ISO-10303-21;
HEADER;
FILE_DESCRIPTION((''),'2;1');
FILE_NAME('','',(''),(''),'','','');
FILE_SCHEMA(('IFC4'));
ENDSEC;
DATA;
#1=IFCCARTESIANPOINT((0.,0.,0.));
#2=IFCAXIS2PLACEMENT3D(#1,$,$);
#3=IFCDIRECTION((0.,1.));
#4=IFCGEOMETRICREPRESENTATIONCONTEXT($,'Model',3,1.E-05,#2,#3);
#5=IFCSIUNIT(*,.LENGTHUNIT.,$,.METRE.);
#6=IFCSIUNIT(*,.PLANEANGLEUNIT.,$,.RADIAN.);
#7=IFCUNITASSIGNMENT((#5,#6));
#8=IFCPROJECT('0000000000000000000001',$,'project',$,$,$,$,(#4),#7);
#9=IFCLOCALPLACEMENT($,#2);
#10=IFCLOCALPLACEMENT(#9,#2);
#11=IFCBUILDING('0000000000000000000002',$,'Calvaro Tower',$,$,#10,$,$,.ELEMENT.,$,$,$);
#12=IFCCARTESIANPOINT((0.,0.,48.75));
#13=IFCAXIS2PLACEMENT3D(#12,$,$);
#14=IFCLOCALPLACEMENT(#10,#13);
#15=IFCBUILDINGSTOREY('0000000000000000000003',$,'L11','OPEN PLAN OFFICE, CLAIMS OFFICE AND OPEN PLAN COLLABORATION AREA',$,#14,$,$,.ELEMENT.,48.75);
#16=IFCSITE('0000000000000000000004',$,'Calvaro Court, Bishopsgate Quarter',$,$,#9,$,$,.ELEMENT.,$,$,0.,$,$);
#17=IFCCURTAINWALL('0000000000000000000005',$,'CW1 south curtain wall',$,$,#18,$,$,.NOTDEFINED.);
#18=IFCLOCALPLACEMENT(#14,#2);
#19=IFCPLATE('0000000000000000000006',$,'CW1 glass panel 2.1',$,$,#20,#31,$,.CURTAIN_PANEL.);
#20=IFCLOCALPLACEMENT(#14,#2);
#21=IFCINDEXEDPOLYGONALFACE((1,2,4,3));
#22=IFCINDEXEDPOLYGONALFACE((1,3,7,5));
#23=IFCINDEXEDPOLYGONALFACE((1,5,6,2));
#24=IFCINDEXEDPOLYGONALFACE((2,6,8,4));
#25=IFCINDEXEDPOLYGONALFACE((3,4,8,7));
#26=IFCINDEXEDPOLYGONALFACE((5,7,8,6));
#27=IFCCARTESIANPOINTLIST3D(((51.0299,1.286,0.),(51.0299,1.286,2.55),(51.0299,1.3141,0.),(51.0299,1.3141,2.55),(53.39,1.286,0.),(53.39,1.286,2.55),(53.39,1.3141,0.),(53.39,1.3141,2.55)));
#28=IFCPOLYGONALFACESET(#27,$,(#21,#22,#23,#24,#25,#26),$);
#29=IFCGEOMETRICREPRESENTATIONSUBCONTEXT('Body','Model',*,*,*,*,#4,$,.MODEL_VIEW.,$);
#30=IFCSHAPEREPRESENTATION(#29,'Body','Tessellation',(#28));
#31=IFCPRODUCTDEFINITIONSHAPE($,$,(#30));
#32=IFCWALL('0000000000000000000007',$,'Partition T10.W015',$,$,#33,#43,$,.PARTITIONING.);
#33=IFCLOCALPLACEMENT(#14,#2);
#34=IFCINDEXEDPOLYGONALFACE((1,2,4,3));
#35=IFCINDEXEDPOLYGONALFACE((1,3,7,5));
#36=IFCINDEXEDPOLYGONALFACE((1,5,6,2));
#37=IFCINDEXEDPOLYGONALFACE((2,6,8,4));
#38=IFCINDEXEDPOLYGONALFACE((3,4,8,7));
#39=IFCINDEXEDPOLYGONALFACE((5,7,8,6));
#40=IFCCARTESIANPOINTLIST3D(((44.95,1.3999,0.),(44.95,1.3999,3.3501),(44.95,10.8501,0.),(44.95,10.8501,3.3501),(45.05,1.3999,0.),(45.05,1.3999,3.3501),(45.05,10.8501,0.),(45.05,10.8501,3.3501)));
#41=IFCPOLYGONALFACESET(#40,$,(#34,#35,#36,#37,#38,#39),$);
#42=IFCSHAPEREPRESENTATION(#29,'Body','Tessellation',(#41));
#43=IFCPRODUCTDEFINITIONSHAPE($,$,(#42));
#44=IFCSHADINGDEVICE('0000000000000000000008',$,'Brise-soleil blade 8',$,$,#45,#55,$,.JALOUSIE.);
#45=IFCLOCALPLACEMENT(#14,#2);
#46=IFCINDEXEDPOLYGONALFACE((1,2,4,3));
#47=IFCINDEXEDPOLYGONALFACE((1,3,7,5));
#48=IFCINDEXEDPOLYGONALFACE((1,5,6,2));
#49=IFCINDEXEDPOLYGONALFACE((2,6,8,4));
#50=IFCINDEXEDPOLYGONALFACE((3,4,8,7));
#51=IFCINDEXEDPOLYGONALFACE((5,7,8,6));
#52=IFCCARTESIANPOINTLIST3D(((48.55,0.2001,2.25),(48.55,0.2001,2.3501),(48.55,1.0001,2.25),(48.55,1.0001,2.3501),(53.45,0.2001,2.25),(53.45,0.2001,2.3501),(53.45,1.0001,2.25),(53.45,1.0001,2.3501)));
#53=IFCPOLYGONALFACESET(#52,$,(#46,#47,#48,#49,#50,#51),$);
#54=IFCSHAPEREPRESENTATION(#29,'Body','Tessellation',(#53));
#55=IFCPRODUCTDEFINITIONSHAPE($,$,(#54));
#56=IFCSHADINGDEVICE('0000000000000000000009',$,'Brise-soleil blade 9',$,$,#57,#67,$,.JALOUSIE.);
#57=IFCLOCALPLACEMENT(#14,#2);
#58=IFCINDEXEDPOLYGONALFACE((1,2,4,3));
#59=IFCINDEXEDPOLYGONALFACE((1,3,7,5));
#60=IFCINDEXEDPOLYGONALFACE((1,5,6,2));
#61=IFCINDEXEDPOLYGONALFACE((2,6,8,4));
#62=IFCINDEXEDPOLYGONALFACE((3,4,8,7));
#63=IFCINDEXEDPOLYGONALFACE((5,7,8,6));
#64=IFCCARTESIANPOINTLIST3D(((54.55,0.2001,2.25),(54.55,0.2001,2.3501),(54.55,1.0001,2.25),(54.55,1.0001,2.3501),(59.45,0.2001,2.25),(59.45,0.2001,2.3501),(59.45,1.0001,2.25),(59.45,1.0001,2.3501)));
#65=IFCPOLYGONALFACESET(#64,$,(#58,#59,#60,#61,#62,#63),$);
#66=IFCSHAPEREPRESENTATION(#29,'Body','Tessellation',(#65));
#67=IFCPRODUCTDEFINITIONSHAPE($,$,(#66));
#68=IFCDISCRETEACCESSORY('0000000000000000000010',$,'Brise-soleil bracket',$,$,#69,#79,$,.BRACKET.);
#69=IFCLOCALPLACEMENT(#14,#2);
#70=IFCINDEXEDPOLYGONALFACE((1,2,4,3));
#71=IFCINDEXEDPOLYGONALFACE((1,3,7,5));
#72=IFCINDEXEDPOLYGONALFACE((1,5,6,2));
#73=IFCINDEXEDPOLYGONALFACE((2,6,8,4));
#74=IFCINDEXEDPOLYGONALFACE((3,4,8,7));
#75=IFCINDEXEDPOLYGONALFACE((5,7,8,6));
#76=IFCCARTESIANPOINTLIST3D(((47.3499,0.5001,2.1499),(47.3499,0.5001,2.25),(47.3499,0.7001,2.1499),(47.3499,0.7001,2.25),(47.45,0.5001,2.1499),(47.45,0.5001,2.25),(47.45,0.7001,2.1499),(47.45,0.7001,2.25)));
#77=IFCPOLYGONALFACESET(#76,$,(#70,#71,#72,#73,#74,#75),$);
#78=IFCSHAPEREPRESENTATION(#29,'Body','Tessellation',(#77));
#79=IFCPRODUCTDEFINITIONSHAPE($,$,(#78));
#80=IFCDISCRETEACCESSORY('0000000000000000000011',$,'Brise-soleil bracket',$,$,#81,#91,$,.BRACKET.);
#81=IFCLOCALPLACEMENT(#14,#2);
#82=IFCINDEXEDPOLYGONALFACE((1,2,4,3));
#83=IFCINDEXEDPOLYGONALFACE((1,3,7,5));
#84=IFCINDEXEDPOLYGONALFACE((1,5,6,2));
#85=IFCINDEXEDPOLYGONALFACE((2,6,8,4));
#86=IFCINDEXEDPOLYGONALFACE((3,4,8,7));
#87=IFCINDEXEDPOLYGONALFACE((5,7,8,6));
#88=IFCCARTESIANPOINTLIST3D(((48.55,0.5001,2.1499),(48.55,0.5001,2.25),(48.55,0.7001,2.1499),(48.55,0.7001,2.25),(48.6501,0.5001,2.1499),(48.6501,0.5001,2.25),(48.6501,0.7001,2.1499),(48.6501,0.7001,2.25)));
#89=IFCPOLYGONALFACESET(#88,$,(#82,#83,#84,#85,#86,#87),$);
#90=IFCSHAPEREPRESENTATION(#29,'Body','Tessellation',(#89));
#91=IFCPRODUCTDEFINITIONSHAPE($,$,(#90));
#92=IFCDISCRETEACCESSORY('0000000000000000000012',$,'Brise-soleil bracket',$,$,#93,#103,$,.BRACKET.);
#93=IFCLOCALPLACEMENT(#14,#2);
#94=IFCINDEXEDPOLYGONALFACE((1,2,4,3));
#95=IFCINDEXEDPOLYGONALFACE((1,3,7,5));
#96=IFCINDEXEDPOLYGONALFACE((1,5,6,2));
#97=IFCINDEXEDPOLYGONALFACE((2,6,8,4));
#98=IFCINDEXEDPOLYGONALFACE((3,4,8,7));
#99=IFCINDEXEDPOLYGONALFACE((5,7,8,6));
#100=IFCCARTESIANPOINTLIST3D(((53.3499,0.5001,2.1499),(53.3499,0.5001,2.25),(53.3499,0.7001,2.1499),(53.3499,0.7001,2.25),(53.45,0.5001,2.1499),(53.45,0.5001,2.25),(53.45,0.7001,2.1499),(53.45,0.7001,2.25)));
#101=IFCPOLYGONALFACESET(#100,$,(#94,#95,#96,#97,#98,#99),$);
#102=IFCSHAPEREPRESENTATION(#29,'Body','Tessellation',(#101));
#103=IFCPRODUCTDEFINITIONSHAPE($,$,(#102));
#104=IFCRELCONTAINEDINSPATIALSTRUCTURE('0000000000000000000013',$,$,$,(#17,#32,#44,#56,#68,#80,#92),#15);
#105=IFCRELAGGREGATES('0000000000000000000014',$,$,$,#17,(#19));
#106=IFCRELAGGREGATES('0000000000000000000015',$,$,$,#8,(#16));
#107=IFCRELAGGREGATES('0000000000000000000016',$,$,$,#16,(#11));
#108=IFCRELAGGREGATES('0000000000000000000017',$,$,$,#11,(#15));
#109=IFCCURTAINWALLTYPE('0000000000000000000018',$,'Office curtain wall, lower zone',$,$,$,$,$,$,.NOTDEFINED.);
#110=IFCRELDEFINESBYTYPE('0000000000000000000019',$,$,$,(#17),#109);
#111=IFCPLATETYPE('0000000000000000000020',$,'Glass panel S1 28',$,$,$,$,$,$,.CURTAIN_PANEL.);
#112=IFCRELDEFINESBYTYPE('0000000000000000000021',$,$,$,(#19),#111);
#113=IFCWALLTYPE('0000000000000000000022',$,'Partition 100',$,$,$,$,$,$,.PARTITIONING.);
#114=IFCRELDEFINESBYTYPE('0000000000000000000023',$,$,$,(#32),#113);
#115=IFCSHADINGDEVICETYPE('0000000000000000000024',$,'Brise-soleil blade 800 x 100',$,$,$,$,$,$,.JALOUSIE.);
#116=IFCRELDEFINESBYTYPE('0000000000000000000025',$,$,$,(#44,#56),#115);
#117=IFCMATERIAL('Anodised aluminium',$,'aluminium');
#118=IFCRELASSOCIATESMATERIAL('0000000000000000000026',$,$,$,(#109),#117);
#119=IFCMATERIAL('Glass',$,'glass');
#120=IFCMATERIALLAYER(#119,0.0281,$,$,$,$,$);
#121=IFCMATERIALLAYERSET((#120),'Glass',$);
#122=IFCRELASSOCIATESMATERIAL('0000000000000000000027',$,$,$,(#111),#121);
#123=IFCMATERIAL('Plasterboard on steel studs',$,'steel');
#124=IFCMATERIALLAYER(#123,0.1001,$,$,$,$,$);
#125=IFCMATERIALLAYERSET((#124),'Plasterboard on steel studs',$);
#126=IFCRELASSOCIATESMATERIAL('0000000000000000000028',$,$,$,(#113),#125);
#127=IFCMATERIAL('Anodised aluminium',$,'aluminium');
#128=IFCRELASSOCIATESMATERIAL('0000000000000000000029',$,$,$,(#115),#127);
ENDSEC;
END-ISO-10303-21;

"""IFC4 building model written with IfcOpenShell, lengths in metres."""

from ifc_helpers import new_model, si_unit, direction, frame, frame_2d, origin, origin_2d, place, context, subcontext, project, spatial, rectangle, extrude, material, layer, layer_set, material_profile, profile_set, type_object, element, aggregate, save


model = new_model("IFC4")

# Units and contexts
model_context = context("Model", 3, precision=1e-05, world=origin(), true_north=direction((0.0, 1.0)))
body_context = subcontext(model_context, "Body", "Model", "MODEL_VIEW")
ifc_project = project(units=[si_unit("LENGTHUNIT", "METRE"), si_unit("PLANEANGLEUNIT", "RADIAN")], contexts=[model_context])

# Site, building, storey
site_placement = place(None, origin())
site = spatial("IfcSite", under=ifc_project, at=site_placement, Name="Calvaro Court, Bishopsgate Quarter", CompositionType="ELEMENT", RefElevation=0.0)
building_placement = place(site_placement, origin())
building = spatial("IfcBuilding", under=site, at=building_placement, Name="Calvaro Tower", CompositionType="ELEMENT")
storey_placement = place(building_placement, frame((0.0, 0.0, 48.75)))
storey = spatial("IfcBuildingStorey", under=building, at=storey_placement, Name="L11", Description="OPEN PLAN OFFICE, CLAIMS OFFICE AND OPEN PLAN COLLABORATION AREA", CompositionType="ELEMENT", Elevation=48.75)

# Curtain wall
ifc_material_1 = material(Name="Anodised aluminium", Category="aluminium")
curtain_wall_type = type_object("IfcCurtainWallType", Name="Office curtain wall, lower zone", PredefinedType="NOTDEFINED", material=ifc_material_1)
curtain_wall_1_placement = place(storey_placement, origin())
curtain_wall_1 = element("IfcCurtainWall", 1, at=curtain_wall_1_placement, inside=storey, type_object=curtain_wall_type, Name="CW1 south curtain wall", PredefinedType="NOTDEFINED")

# Plate
ifc_material_2 = material(Name="Glass", Category="glass")
ifc_layer_1 = layer(ifc_material_2, 0.0281)
ifc_layer_set_1 = layer_set([ifc_layer_1], Name="Glass")
plate_type = type_object("IfcPlateType", Name="Glass panel S1 28", PredefinedType="CURTAIN_PANEL", material=ifc_layer_set_1)
plate_1_placement = place(storey_placement, frame((52.21, 1.3, 0.0), z_axis=(0.0, 0.0, 1.0), x_axis=(1.0, 0.0, 0.0)))
plate_1 = element("IfcPlate", 2, at=plate_1_placement, type_object=plate_type, Name="CW1 glass panel 2.1", PredefinedType="CURTAIN_PANEL", context=body_context, shape_type="SweptSolid", body=[
    extrude(rectangle(XDim=2.3601, YDim=0.0281, at=origin_2d()), origin(), (0.0, 0.0, 1.0), 2.55),
])
aggregate(curtain_wall_1, [plate_1])

# Wall
ifc_material_3 = material(Name="Plasterboard on steel studs", Category="steel")
ifc_layer_2 = layer(ifc_material_3, 0.1001)
ifc_layer_set_2 = layer_set([ifc_layer_2], Name="Plasterboard on steel studs")
wall_type = type_object("IfcWallType", Name="Partition 100", PredefinedType="PARTITIONING", material=ifc_layer_set_2)
wall_placement = place(storey_placement, frame((45.0, 1.3999, 0.0), z_axis=(0.0, 0.0, 1.0), x_axis=(0.0, 1.0, 0.0)))
element("IfcWall", 3, at=wall_placement, inside=storey, type_object=wall_type, Name="Partition T10.W015", PredefinedType="PARTITIONING", context=body_context, shape_type="SweptSolid", body=[
    extrude(rectangle(XDim=9.4502, YDim=0.1001, at=frame_2d((4.7251, 0.0))), origin(), (0.0, 0.0, 1.0), 3.3501),
])

# Shading devices
ifc_material_4 = material(Name="Anodised aluminium", Category="aluminium")
ifc_material_profile_1 = material_profile(ifc_material_4, rectangle(XDim=0.8, YDim=0.1001, at=origin_2d()), Name="Brise-soleil blade 800 x 100")
ifc_profile_set_1 = profile_set([ifc_material_profile_1], Name="Anodised aluminium")
shading_device_type = type_object("IfcShadingDeviceType", Name="Brise-soleil blade 800 x 100", PredefinedType="JALOUSIE", material=ifc_profile_set_1)
for number, where, z_axis, x_axis, name in (
    (4, (48.55, 0.6001, 2.3), (1.0, 0.0, 0.0), (0.0, 1.0, 0.0), "Brise-soleil blade 8"),
    (5, (54.55, 0.6001, 2.3), (1.0, 0.0, 0.0), (0.0, 1.0, 0.0), "Brise-soleil blade 9"),
):
    element("IfcShadingDevice", number, at=place(storey_placement, frame(where, z_axis=z_axis, x_axis=x_axis)), inside=storey, type_object=shading_device_type, Name=name, PredefinedType="JALOUSIE", context=body_context, shape_type="SweptSolid", body=[
        extrude(rectangle(XDim=0.8, YDim=0.1001, at=origin_2d()), origin(), (0.0, 0.0, 1.0), 4.8999),
    ])

# Discrete accessories
for number, where, z_axis, x_axis, name in (
    (6, (47.3999, 0.6001, 2.1499), (0.0, 0.0, 1.0), (1.0, 0.0, 0.0), "Brise-soleil bracket"),
    (7, (48.6001, 0.6001, 2.1499), (0.0, 0.0, 1.0), (1.0, 0.0, 0.0), "Brise-soleil bracket"),
    (8, (53.3999, 0.6001, 2.1499), (0.0, 0.0, 1.0), (1.0, 0.0, 0.0), "Brise-soleil bracket"),
):
    element("IfcDiscreteAccessory", number, at=place(storey_placement, frame(where, z_axis=z_axis, x_axis=x_axis)), inside=storey, Name=name, PredefinedType="BRACKET", context=body_context, shape_type="SweptSolid", body=[
        extrude(rectangle(XDim=0.1001, YDim=0.2, at=origin_2d()), origin(), (0.0, 0.0, 1.0), 0.1001),
    ])

save(model, "model.ifc")
